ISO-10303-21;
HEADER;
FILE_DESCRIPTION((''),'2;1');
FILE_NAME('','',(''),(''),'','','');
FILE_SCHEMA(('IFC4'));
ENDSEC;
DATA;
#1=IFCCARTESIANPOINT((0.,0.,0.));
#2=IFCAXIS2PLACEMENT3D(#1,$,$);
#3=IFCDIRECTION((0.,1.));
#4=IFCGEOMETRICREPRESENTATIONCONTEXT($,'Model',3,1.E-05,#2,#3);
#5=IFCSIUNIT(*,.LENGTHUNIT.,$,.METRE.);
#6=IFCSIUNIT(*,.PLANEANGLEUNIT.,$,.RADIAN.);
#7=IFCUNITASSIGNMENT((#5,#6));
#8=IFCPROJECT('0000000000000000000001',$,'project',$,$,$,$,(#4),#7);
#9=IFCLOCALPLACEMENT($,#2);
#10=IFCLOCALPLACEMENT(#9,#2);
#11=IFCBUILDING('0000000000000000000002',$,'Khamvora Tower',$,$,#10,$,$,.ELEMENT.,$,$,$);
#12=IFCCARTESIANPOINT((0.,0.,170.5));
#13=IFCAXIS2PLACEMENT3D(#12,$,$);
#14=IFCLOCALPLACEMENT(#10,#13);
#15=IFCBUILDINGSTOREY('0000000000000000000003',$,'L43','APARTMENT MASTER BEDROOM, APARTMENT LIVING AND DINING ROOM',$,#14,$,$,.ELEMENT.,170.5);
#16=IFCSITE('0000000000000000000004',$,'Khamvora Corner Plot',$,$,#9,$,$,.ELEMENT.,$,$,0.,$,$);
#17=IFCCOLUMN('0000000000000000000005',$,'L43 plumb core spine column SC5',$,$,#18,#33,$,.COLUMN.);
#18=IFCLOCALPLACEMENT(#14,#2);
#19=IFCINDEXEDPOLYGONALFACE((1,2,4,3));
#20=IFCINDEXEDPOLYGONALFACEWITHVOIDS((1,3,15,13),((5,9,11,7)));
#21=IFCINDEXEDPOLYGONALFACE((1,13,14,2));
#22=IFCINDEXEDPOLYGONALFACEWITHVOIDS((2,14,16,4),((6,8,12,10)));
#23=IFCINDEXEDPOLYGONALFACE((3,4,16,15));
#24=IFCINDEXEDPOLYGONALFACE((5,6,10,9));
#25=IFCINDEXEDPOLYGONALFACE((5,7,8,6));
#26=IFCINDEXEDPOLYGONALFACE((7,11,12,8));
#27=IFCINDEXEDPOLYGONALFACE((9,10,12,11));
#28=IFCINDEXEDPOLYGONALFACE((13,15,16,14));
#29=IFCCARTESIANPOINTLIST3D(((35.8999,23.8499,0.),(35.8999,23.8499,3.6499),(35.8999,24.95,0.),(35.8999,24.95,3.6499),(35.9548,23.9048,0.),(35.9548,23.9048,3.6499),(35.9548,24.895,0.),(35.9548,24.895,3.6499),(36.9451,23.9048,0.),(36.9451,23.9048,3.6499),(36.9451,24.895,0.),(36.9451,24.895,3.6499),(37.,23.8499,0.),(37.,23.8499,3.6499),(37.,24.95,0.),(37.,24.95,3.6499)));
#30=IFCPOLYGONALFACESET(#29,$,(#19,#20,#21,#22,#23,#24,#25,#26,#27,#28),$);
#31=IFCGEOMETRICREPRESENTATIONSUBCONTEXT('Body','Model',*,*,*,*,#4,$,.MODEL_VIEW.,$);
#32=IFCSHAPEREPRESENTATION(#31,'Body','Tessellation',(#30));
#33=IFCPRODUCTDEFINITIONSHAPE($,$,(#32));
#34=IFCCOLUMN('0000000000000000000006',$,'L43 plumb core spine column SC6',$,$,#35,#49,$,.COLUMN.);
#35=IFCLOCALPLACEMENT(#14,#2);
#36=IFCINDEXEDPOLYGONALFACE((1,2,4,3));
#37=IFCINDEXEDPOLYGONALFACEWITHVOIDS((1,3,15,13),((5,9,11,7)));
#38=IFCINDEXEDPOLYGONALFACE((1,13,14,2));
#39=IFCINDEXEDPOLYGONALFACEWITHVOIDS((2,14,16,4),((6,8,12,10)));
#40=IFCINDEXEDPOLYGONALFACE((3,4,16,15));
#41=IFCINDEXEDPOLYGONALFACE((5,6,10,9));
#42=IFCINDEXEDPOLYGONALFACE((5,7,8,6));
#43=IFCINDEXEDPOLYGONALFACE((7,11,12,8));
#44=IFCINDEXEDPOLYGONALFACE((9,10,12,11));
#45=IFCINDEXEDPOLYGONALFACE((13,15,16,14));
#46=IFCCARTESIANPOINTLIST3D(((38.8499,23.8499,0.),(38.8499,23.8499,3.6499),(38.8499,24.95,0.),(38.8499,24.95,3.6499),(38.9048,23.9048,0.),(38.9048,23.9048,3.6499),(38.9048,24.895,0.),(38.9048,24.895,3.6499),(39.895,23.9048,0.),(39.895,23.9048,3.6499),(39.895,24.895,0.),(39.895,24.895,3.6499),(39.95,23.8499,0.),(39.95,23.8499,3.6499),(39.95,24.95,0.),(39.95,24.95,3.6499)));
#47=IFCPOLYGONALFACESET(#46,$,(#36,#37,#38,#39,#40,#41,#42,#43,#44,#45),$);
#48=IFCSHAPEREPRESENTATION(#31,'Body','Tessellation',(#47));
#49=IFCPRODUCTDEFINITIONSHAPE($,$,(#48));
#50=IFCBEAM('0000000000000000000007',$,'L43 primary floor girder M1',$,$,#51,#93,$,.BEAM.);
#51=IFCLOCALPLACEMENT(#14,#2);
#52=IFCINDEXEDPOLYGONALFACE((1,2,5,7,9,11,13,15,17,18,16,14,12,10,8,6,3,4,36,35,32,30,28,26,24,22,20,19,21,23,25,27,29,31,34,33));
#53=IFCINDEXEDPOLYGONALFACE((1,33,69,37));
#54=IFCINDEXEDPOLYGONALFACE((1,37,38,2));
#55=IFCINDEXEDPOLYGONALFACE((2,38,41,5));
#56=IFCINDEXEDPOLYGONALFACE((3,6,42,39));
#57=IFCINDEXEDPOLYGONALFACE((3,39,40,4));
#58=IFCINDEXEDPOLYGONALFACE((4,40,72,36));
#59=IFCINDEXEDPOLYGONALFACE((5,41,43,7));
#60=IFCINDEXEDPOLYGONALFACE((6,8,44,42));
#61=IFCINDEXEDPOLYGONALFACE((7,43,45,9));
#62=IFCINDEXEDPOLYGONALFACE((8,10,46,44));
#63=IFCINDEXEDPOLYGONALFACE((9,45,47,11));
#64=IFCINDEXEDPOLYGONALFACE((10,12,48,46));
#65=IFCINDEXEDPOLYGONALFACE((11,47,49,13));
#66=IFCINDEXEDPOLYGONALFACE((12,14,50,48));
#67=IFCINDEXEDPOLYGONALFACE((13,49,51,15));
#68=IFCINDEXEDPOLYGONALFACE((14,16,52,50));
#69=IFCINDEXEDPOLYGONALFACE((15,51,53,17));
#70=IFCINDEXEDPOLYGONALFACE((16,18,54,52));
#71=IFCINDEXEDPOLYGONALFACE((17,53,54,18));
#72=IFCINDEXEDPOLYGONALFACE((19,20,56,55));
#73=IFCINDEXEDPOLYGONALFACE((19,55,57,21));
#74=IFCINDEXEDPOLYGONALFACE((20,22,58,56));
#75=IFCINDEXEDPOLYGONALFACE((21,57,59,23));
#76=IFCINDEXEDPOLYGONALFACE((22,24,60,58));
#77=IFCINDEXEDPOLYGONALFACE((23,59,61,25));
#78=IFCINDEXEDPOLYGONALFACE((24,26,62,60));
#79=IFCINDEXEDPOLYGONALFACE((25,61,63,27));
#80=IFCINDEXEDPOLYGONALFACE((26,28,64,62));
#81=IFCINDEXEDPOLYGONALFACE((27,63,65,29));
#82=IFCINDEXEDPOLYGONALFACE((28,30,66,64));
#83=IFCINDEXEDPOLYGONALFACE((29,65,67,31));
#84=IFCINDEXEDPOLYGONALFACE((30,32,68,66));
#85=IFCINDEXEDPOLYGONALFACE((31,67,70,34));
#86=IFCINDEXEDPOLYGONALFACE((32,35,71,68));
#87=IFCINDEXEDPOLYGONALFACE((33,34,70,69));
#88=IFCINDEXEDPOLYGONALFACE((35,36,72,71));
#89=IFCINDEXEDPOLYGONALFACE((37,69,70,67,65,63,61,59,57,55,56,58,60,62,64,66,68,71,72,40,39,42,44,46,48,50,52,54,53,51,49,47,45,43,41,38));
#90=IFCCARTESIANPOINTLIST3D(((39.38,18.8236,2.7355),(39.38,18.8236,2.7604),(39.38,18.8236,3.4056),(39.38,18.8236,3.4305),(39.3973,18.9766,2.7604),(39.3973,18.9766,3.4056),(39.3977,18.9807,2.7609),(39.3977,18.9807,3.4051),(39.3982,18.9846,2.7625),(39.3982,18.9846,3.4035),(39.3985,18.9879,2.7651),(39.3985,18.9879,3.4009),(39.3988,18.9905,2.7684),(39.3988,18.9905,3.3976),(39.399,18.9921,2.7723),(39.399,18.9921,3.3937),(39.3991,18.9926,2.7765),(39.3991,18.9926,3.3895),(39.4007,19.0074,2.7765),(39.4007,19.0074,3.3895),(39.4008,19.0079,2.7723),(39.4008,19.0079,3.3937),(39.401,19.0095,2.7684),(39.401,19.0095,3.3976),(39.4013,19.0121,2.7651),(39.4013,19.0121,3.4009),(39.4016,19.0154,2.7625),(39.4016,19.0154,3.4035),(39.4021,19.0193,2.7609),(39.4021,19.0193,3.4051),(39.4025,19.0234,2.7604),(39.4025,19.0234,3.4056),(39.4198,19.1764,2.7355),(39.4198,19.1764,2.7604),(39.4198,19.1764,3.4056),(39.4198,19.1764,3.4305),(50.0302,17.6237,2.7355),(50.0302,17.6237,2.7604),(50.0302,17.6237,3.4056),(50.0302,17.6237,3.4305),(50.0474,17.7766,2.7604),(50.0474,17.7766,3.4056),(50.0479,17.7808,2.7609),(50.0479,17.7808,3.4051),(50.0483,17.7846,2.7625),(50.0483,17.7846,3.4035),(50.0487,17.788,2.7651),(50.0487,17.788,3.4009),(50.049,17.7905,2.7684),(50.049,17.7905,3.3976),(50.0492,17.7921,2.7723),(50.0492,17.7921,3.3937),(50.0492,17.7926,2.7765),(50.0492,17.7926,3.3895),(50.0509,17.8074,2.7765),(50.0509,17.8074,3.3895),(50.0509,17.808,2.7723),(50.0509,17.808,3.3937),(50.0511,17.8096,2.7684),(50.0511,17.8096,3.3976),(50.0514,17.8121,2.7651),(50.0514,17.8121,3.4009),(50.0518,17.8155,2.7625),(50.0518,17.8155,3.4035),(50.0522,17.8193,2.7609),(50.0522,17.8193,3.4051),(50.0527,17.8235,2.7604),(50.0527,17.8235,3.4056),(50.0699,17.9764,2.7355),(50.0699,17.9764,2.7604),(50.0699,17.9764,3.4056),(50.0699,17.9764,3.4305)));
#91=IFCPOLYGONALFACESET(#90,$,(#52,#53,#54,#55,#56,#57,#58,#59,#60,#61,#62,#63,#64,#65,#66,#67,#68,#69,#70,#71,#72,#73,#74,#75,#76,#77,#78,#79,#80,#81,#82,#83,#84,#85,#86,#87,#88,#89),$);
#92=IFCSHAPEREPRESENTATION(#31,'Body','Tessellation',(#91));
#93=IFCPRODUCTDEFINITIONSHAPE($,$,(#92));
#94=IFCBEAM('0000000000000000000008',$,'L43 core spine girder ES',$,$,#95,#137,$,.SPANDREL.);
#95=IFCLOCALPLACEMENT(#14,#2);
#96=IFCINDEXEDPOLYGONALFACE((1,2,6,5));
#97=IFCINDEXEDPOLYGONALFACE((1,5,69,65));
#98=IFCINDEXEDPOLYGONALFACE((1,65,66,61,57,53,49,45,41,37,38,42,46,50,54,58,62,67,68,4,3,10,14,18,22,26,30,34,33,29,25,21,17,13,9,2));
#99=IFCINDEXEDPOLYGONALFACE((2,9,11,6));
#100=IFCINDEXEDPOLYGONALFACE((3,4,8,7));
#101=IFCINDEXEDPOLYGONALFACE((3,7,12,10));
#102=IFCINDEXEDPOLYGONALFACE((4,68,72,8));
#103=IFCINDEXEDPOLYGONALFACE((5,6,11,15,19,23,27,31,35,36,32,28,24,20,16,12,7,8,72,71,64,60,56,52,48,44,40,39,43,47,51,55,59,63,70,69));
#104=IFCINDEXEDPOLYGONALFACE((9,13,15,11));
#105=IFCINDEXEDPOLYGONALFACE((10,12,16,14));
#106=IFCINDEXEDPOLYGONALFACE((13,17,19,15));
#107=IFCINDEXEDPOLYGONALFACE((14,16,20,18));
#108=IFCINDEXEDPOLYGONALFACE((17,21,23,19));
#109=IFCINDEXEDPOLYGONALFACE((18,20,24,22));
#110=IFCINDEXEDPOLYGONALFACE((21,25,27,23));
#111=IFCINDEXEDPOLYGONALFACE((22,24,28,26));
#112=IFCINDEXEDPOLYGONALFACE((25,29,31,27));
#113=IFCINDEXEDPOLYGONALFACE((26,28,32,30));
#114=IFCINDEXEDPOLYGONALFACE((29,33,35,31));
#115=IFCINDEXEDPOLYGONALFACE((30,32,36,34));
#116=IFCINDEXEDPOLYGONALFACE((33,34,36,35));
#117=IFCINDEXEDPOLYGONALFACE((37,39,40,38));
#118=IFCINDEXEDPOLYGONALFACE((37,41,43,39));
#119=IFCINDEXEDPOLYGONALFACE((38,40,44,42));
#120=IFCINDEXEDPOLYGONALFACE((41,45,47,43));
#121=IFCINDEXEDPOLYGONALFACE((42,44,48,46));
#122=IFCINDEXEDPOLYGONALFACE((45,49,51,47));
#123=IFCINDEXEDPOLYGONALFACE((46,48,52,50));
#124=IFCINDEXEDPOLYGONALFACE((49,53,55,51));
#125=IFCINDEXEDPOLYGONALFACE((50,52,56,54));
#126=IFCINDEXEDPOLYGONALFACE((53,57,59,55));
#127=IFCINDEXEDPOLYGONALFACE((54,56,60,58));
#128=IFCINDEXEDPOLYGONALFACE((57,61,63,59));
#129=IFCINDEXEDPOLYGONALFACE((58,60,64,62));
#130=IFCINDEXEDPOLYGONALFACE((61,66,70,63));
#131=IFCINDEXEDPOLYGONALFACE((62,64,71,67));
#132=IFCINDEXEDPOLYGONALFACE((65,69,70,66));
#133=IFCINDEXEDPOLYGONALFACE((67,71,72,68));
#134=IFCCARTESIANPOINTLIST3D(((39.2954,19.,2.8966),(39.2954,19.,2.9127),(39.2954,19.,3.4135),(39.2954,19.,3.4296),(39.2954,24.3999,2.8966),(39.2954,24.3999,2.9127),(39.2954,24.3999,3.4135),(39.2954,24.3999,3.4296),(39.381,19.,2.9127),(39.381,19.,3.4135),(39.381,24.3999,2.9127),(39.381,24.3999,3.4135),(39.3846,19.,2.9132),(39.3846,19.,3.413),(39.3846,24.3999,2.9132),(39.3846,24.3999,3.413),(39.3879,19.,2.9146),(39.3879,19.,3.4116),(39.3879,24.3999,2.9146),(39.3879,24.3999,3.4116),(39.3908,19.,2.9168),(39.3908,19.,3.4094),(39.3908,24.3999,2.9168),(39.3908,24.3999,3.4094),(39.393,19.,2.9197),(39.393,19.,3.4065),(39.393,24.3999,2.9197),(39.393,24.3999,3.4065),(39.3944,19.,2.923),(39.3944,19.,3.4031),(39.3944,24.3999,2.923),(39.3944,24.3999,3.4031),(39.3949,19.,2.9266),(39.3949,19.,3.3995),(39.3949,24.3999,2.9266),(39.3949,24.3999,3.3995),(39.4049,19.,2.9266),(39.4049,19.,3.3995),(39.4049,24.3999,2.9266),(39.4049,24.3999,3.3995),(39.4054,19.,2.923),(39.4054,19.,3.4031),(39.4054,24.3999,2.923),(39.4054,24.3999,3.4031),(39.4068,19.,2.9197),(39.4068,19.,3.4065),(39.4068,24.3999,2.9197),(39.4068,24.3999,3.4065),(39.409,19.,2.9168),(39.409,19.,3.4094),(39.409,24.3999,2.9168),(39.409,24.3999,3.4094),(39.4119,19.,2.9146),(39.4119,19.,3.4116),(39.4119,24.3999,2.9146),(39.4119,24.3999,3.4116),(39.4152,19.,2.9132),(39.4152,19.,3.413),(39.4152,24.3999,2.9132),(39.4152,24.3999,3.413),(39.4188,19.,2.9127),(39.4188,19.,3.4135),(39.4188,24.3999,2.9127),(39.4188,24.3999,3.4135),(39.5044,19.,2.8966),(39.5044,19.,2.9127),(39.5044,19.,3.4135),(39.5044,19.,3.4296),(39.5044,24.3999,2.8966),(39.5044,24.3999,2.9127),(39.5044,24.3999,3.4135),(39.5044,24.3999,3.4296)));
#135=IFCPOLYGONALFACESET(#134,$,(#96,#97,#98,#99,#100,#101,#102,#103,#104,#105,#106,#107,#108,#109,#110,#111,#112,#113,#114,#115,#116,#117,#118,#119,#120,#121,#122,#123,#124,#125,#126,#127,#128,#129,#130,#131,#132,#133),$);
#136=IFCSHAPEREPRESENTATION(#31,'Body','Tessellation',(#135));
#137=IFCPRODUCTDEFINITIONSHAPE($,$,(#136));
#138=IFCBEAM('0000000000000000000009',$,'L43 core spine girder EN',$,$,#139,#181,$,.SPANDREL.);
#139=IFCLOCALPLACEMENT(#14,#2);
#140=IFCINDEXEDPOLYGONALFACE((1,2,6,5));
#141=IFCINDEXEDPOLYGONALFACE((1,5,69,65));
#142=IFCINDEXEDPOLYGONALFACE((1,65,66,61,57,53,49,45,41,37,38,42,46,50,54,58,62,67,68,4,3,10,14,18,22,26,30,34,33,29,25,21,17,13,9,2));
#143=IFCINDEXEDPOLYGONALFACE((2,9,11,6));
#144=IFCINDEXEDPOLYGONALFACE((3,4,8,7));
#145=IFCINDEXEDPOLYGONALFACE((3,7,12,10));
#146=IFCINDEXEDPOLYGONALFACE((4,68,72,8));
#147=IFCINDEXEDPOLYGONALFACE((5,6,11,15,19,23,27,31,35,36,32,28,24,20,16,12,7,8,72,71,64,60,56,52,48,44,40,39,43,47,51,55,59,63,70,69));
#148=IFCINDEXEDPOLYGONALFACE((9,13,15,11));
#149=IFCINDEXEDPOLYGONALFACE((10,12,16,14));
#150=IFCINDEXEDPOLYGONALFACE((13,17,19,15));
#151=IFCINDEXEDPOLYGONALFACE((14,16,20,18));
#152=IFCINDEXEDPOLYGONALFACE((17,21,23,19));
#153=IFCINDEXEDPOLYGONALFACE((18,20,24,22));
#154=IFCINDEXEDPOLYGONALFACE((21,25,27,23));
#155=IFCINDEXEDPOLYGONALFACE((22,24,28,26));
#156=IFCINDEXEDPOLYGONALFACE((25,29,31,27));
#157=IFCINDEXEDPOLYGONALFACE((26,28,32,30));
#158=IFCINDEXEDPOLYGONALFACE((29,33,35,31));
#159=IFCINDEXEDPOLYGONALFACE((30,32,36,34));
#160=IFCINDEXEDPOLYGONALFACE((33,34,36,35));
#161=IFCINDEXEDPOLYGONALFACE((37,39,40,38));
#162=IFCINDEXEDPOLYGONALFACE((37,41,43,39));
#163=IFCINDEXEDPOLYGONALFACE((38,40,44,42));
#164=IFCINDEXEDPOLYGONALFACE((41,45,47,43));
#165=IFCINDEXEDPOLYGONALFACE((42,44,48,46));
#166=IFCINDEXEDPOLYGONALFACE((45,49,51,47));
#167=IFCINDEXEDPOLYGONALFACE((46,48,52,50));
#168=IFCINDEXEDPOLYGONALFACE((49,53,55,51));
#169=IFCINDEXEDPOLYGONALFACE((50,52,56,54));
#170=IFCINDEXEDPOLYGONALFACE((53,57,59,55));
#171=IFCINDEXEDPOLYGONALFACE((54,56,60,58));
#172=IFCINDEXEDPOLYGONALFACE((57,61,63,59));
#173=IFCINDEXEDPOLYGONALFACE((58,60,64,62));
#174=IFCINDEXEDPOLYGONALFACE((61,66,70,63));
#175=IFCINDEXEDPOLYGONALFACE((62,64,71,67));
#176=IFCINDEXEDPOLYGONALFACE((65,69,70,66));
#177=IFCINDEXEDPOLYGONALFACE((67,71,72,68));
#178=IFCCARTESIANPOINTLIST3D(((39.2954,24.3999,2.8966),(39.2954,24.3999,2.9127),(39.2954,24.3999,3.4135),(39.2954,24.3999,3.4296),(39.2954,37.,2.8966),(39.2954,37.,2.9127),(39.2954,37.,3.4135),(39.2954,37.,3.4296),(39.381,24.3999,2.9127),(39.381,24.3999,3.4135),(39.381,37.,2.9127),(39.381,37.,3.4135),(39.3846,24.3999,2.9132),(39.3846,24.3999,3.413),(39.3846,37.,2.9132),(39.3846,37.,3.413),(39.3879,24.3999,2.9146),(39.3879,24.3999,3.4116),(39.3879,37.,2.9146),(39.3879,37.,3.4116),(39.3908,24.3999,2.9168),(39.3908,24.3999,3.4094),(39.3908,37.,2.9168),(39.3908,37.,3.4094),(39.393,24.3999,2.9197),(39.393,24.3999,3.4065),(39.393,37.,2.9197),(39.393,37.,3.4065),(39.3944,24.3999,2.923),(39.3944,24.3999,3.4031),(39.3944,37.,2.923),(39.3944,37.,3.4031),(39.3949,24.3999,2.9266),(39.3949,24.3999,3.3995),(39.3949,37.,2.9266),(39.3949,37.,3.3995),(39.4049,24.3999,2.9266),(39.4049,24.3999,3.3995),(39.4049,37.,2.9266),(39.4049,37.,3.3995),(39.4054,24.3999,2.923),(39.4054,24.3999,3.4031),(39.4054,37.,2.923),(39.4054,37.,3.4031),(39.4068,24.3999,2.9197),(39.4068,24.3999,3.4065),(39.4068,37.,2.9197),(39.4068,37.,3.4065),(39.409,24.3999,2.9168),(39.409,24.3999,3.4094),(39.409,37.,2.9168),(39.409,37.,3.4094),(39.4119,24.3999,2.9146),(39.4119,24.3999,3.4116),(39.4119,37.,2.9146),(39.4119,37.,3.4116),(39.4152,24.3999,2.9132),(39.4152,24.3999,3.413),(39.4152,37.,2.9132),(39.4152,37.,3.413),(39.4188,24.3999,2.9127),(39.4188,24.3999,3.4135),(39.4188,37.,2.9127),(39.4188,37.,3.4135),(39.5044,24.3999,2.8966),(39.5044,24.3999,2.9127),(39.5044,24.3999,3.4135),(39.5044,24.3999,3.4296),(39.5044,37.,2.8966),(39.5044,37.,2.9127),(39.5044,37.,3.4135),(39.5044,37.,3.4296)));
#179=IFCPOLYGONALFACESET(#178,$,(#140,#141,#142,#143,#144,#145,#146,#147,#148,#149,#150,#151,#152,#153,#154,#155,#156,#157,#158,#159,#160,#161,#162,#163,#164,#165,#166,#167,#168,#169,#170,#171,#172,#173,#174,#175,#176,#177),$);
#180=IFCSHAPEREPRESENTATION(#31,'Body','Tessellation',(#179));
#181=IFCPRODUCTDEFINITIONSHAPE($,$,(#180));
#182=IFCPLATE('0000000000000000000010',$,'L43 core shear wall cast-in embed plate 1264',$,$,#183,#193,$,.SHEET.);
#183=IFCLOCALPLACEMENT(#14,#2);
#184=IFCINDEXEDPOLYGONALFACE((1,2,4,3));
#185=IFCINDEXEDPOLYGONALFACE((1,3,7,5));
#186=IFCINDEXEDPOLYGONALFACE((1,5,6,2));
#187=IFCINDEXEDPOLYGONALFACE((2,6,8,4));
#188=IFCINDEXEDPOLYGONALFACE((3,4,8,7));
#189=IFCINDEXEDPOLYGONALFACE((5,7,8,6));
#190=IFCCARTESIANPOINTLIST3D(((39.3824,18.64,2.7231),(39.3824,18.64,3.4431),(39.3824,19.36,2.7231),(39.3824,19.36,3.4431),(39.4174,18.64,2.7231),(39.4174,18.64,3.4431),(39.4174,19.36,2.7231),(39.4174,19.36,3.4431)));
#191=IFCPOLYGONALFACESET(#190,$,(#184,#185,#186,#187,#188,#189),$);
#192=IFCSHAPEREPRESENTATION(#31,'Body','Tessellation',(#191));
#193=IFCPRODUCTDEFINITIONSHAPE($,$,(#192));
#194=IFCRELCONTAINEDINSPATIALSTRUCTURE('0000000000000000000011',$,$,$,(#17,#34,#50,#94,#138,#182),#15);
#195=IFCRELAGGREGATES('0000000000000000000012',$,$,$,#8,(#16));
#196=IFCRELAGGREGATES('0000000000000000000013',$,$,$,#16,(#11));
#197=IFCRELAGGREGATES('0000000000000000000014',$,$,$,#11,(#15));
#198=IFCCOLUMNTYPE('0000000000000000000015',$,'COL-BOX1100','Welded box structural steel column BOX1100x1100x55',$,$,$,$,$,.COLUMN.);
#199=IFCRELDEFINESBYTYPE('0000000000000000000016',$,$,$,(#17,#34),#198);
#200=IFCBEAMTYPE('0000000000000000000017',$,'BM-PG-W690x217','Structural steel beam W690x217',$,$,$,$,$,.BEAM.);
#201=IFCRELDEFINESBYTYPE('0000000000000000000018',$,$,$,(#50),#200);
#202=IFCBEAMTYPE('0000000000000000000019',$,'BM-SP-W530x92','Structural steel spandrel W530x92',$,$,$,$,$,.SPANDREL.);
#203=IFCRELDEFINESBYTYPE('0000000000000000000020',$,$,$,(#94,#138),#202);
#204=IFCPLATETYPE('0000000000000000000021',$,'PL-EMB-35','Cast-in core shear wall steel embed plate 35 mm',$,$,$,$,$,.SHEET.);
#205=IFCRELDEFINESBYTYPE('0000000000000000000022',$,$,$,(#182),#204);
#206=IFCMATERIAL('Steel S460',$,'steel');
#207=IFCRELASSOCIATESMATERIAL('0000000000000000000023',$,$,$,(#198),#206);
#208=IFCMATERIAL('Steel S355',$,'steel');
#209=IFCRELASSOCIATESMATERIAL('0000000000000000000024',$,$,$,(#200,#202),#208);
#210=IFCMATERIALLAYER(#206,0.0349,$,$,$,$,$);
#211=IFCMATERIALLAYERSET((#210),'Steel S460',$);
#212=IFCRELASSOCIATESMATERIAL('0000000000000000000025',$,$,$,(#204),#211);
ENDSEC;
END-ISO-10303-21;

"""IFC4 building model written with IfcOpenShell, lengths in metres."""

from ifc_helpers import new_model, si_unit, direction, frame, origin, origin_2d, place, context, subcontext, project, spatial, rectangle, hollow_rectangle, i_section, extrude, material, layer, layer_set, material_profile, profile_set, type_object, element, save


model = new_model("IFC4")

# Units and contexts
model_context = context("Model", 3, precision=1e-05, world=origin(), true_north=direction((0.0, 1.0)))
body_context = subcontext(model_context, "Body", "Model", "MODEL_VIEW")
ifc_project = project(units=[si_unit("LENGTHUNIT", "METRE"), si_unit("PLANEANGLEUNIT", "RADIAN")], contexts=[model_context])

# Site, building, storey
site_placement = place(None, origin())
site = spatial("IfcSite", under=ifc_project, at=site_placement, Name="Khamvora Corner Plot", CompositionType="ELEMENT", RefElevation=0.0)
building_placement = place(site_placement, origin())
building = spatial("IfcBuilding", under=site, at=building_placement, Name="Khamvora Tower", CompositionType="ELEMENT")
storey_placement = place(building_placement, frame((0.0, 0.0, 170.5)))
storey = spatial("IfcBuildingStorey", under=building, at=storey_placement, Name="L43", Description="APARTMENT MASTER BEDROOM, APARTMENT LIVING AND DINING ROOM", CompositionType="ELEMENT", Elevation=170.5)

# Columns
ifc_material_1 = material(Name="Steel S460", Category="steel")
ifc_material_profile_1 = material_profile(ifc_material_1, hollow_rectangle(XDim=1.1001, YDim=1.1001, WallThickness=0.0549, at=origin_2d()), Name="BOX1100x1100x55")
ifc_profile_set_1 = profile_set([ifc_material_profile_1], Name="Steel S460")
column_type = type_object("IfcColumnType", Name="COL-BOX1100", Description="Welded box structural steel column BOX1100x1100x55", PredefinedType="COLUMN", material=ifc_profile_set_1)
for number, where, z_axis, x_axis, name in (
    (1, (36.45, 24.3999, 0.0), (0.0, 0.0, 1.0), (1.0, 0.0, 0.0), "L43 plumb core spine column SC5"),
    (2, (39.3999, 24.3999, 0.0), (0.0, 0.0, 1.0), (1.0, 0.0, 0.0), "L43 plumb core spine column SC6"),
):
    element("IfcColumn", number, at=place(storey_placement, frame(where, z_axis=z_axis, x_axis=x_axis)), inside=storey, type_object=column_type, Name=name, PredefinedType="COLUMN", context=body_context, shape_type="SweptSolid", body=[
        extrude(hollow_rectangle(XDim=1.1001, YDim=1.1001, WallThickness=0.0549, at=origin_2d()), origin(), (0.0, 0.0, 1.0), 3.6499),
    ])

# Beams
ifc_material_2 = material(Name="Steel S355", Category="steel")
ifc_material_profile_2 = material_profile(ifc_material_2, i_section(OverallWidth=0.355, OverallDepth=0.6951, WebThickness=0.0149, FlangeThickness=0.0249, FilletRadius=0.0161, at=origin_2d()), Name="W690x217")
ifc_profile_set_2 = profile_set([ifc_material_profile_2], Name="Steel S355")
beam_type_1 = type_object("IfcBeamType", Name="BM-PG-W690x217", Description="Structural steel beam W690x217", PredefinedType="BEAM", material=ifc_profile_set_2)
beam_1_placement = place(storey_placement, frame((39.3999, 19.0, 3.083), z_axis=(0.993713, -0.111962, 0.0), x_axis=(0.111962, 0.993713, 0.0)))
element("IfcBeam", 3, at=beam_1_placement, inside=storey, type_object=beam_type_1, Name="L43 primary floor girder M1", PredefinedType="BEAM", context=body_context, shape_type="SweptSolid", body=[
    extrude(i_section(OverallWidth=0.355, OverallDepth=0.6951, WebThickness=0.0149, FlangeThickness=0.0249, FilletRadius=0.0161, at=origin_2d()), origin(), (0.0, 0.0, 1.0), 10.7175),
])
ifc_material_profile_3 = material_profile(ifc_material_2, i_section(OverallWidth=0.209, OverallDepth=0.533, WebThickness=0.01, FlangeThickness=0.0161, FilletRadius=0.0139, at=origin_2d()), Name="W530x92")
ifc_profile_set_3 = profile_set([ifc_material_profile_3], Name="Steel S355")
beam_type_2 = type_object("IfcBeamType", Name="BM-SP-W530x92", Description="Structural steel spandrel W530x92", PredefinedType="SPANDREL", material=ifc_profile_set_3)
beam_2_placement = place(storey_placement, frame((39.3999, 19.0, 3.1631), z_axis=(0.0, 1.0, 0.0), x_axis=(-1.0, 0.0, 0.0)))
element("IfcBeam", 4, at=beam_2_placement, inside=storey, type_object=beam_type_2, Name="L43 core spine girder ES", PredefinedType="SPANDREL", context=body_context, shape_type="SweptSolid", body=[
    extrude(i_section(OverallWidth=0.209, OverallDepth=0.533, WebThickness=0.01, FlangeThickness=0.0161, FilletRadius=0.0139, at=origin_2d()), origin(), (0.0, 0.0, 1.0), 5.3999),
])
beam_3_placement = place(storey_placement, frame((39.3999, 24.3999, 3.1631), z_axis=(0.0, 1.0, 0.0), x_axis=(-1.0, 0.0, 0.0)))
element("IfcBeam", 5, at=beam_3_placement, inside=storey, type_object=beam_type_2, Name="L43 core spine girder EN", PredefinedType="SPANDREL", context=body_context, shape_type="SweptSolid", body=[
    extrude(i_section(OverallWidth=0.209, OverallDepth=0.533, WebThickness=0.01, FlangeThickness=0.0161, FilletRadius=0.0139, at=origin_2d()), origin(), (0.0, 0.0, 1.0), 12.6001),
])

# Plate
ifc_layer_1 = layer(ifc_material_1, 0.0349)
ifc_layer_set_1 = layer_set([ifc_layer_1], Name="Steel S460")
plate_type = type_object("IfcPlateType", Name="PL-EMB-35", Description="Cast-in core shear wall steel embed plate 35 mm", PredefinedType="SHEET", material=ifc_layer_set_1)
for number, where, z_axis, x_axis, name in (
    (6, (39.3999, 19.0, 2.7231), (0.0, 0.0, 1.0), (1.0, 0.0, 0.0), "L43 core shear wall cast-in embed plate 1264"),
):
    element("IfcPlate", number, at=place(storey_placement, frame(where, z_axis=z_axis, x_axis=x_axis)), inside=storey, type_object=plate_type, Name=name, PredefinedType="SHEET", context=body_context, shape_type="SweptSolid", body=[
        extrude(rectangle(XDim=0.0349, YDim=0.72, at=origin_2d()), origin(), (0.0, 0.0, 1.0), 0.72),
    ])

save(model, "model.ifc")
